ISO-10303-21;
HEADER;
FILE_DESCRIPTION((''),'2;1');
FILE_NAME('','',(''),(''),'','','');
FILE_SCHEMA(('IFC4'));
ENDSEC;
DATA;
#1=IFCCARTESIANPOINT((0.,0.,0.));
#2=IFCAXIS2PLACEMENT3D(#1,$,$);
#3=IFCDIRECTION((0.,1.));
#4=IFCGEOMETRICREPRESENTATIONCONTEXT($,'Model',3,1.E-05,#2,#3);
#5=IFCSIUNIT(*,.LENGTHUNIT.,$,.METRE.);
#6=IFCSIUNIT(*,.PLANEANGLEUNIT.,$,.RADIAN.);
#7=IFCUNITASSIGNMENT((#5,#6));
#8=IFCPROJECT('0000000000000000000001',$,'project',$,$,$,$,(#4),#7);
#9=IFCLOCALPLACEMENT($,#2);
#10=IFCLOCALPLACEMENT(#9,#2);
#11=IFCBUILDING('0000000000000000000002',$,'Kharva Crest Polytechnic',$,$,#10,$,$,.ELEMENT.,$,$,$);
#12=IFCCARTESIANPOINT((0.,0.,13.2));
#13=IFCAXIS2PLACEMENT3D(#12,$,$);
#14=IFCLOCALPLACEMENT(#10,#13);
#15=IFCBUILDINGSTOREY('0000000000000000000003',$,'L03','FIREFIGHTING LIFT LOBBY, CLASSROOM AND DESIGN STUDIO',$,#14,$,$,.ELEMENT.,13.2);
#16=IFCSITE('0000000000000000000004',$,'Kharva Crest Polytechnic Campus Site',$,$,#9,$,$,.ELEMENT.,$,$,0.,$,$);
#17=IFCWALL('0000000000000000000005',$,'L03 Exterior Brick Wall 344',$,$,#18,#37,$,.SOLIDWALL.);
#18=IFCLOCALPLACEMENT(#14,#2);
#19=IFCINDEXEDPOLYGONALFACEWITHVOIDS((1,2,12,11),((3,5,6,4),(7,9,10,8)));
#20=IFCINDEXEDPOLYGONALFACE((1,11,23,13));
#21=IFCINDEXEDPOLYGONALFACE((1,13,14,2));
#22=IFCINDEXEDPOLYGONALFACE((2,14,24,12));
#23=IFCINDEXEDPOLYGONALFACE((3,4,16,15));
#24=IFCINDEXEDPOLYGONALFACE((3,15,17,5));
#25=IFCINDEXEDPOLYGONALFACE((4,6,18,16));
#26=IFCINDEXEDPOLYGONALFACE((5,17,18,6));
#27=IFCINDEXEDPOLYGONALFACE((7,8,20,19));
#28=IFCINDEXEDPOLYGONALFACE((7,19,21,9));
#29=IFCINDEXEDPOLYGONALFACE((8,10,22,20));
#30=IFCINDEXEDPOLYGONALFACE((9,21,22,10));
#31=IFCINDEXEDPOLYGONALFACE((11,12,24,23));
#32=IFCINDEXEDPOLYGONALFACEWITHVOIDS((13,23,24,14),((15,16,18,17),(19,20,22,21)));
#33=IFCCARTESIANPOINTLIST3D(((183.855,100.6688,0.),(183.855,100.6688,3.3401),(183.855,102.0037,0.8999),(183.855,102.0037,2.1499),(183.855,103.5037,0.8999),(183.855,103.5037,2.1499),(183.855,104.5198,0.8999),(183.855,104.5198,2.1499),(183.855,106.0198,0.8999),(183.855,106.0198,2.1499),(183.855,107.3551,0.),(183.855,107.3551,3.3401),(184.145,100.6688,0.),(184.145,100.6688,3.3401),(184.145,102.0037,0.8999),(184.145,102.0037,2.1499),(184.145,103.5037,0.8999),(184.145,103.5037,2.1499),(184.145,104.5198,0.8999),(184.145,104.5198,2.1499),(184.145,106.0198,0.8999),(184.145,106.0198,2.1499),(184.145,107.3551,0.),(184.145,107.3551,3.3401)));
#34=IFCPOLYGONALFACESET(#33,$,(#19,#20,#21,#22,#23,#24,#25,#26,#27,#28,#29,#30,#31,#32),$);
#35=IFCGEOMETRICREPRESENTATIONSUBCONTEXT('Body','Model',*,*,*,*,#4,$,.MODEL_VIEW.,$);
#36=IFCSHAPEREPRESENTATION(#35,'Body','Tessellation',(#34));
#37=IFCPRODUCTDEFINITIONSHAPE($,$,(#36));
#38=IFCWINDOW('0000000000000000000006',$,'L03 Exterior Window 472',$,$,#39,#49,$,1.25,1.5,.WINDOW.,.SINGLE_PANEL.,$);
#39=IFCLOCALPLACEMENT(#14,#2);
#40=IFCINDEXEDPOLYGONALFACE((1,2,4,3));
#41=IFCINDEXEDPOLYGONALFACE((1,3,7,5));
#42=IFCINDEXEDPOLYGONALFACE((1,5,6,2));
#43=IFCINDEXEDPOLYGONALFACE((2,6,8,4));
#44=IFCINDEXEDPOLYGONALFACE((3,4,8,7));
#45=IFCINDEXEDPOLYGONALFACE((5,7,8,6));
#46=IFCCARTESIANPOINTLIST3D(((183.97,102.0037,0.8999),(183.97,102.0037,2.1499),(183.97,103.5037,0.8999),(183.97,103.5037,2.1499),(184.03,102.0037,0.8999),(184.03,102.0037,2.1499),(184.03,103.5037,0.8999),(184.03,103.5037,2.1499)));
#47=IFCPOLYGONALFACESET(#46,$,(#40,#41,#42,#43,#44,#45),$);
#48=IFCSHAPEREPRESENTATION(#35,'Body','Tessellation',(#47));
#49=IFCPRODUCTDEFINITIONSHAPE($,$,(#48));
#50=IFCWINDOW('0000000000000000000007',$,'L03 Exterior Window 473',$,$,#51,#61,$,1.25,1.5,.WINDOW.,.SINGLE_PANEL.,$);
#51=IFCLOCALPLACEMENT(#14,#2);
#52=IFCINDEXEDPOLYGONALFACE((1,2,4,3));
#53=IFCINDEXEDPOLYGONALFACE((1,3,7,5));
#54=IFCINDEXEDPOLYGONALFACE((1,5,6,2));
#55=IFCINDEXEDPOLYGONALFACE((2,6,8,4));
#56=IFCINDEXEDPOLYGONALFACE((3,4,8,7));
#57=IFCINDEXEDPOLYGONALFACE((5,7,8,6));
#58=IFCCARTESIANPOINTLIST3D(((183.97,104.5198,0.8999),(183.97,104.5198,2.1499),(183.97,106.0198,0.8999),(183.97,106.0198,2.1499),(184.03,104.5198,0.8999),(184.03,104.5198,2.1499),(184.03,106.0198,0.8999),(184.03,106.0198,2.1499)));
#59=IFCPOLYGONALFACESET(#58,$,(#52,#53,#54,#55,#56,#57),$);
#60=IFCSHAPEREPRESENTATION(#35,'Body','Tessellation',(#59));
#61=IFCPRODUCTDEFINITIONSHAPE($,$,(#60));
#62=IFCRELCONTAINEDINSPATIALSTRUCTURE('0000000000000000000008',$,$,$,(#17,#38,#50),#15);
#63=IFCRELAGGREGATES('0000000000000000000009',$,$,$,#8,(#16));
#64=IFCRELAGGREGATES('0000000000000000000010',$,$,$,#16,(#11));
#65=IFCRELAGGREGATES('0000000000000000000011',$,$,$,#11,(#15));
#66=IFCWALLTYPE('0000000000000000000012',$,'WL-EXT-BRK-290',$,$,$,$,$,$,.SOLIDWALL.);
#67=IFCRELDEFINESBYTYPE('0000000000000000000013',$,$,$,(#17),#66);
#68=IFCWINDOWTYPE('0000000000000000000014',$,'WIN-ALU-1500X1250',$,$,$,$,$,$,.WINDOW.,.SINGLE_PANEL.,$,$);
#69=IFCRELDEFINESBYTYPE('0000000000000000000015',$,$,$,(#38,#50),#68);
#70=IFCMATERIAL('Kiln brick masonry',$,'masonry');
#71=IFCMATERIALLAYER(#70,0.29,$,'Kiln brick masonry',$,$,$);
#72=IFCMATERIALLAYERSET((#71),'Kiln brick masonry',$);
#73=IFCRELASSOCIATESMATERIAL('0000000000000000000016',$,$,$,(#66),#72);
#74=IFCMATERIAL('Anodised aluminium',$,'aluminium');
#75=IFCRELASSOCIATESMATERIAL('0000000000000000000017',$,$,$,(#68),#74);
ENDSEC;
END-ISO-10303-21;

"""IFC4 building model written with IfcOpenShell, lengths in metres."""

from ifc_helpers import new_model, si_unit, direction, frame, frame_2d, origin, place, context, subcontext, project, spatial, rectangle, extrude, material, layer, layer_set, type_object, element, fill, save


model = new_model("IFC4")

# Units and contexts
model_context = context("Model", 3, precision=1e-05, world=origin(), true_north=direction((0.0, 1.0)))
body_context = subcontext(model_context, "Body", "Model", "MODEL_VIEW")
ifc_project = project(units=[si_unit("LENGTHUNIT", "METRE"), si_unit("PLANEANGLEUNIT", "RADIAN")], contexts=[model_context])

# Site, building, storey
site_placement = place(None, origin())
site = spatial("IfcSite", under=ifc_project, at=site_placement, Name="Kharva Crest Polytechnic Campus Site", CompositionType="ELEMENT", RefElevation=0.0)
building_placement = place(site_placement, origin())
building = spatial("IfcBuilding", under=site, at=building_placement, Name="Kharva Crest Polytechnic", CompositionType="ELEMENT")
storey_placement = place(building_placement, frame((0.0, 0.0, 13.2)))
storey = spatial("IfcBuildingStorey", under=building, at=storey_placement, Name="L03", Description="FIREFIGHTING LIFT LOBBY, CLASSROOM AND DESIGN STUDIO", CompositionType="ELEMENT", Elevation=13.2)

# Wall, openings, windows
ifc_material_1 = material(Name="Kiln brick masonry", Category="masonry")
ifc_layer_1 = layer(ifc_material_1, 0.29, Name="Kiln brick masonry")
ifc_layer_set_1 = layer_set([ifc_layer_1], Name="Kiln brick masonry")
wall_type = type_object("IfcWallType", Name="WL-EXT-BRK-290", PredefinedType="SOLIDWALL", material=ifc_layer_set_1)
wall_placement = place(storey_placement, frame((184.0, 100.6687, 0.0), z_axis=(0.0, 0.0, 1.0), x_axis=(0.0, 1.0, 0.0)))
wall = element("IfcWall", 1, at=wall_placement, inside=storey, type_object=wall_type, Name="L03 Exterior Brick Wall 344", PredefinedType="SOLIDWALL", context=body_context, shape_type="SweptSolid", body=[
    extrude(rectangle(XDim=6.6863, YDim=0.29, at=frame_2d((3.3433, 0.0))), origin(), (0.0, 0.0, 1.0), 3.3401),
])
opening_1_placement = place(wall_placement, frame((1.335, 0.0, 0.8999)))
opening_1 = element("IfcOpeningElement", 2, at=opening_1_placement, cuts=wall, PredefinedType="OPENING", context=body_context, shape_type="SweptSolid", body=[
    extrude(rectangle(XDim=1.5, YDim=1.25, at=frame_2d((0.75, 0.625))), frame((0.0, 0.155, 0.0), z_axis=(0.0, -1.0, 0.0), x_axis=(1.0, 0.0, 0.0)), (0.0, 0.0, 1.0), 0.3101),
])
opening_2_placement = place(wall_placement, frame((3.8511, 0.0, 0.8999)))
opening_2 = element("IfcOpeningElement", 3, at=opening_2_placement, cuts=wall, PredefinedType="OPENING", context=body_context, shape_type="SweptSolid", body=[
    extrude(rectangle(XDim=1.5, YDim=1.25, at=frame_2d((0.75, 0.625))), frame((0.0, 0.155, 0.0), z_axis=(0.0, -1.0, 0.0), x_axis=(1.0, 0.0, 0.0)), (0.0, 0.0, 1.0), 0.3101),
])
ifc_material_2 = material(Name="Anodised aluminium", Category="aluminium")
window_type = type_object("IfcWindowType", Name="WIN-ALU-1500X1250", PartitioningType="SINGLE_PANEL", PredefinedType="WINDOW", material=ifc_material_2)
window_1_placement = place(opening_1_placement, origin())
window_1 = element("IfcWindow", 4, at=window_1_placement, inside=storey, type_object=window_type, Name="L03 Exterior Window 472", OverallHeight=1.25, OverallWidth=1.5, PartitioningType="SINGLE_PANEL", PredefinedType="WINDOW", context=body_context, shape_type="SweptSolid", body=[
    extrude(rectangle(XDim=1.5, YDim=1.25, at=frame_2d((0.75, 0.625))), frame((0.0, 0.03, 0.0), z_axis=(0.0, -1.0, 0.0), x_axis=(1.0, 0.0, 0.0)), (0.0, 0.0, 1.0), 0.0601),
])
fill(opening_1, window_1)
window_2_placement = place(opening_2_placement, origin())
window_2 = element("IfcWindow", 5, at=window_2_placement, inside=storey, type_object=window_type, Name="L03 Exterior Window 473", OverallHeight=1.25, OverallWidth=1.5, PartitioningType="SINGLE_PANEL", PredefinedType="WINDOW", context=body_context, shape_type="SweptSolid", body=[
    extrude(rectangle(XDim=1.5, YDim=1.25, at=frame_2d((0.75, 0.625))), frame((0.0, 0.03, 0.0), z_axis=(0.0, -1.0, 0.0), x_axis=(1.0, 0.0, 0.0)), (0.0, 0.0, 1.0), 0.0601),
])
fill(opening_2, window_2)

save(model, "model.ifc")
